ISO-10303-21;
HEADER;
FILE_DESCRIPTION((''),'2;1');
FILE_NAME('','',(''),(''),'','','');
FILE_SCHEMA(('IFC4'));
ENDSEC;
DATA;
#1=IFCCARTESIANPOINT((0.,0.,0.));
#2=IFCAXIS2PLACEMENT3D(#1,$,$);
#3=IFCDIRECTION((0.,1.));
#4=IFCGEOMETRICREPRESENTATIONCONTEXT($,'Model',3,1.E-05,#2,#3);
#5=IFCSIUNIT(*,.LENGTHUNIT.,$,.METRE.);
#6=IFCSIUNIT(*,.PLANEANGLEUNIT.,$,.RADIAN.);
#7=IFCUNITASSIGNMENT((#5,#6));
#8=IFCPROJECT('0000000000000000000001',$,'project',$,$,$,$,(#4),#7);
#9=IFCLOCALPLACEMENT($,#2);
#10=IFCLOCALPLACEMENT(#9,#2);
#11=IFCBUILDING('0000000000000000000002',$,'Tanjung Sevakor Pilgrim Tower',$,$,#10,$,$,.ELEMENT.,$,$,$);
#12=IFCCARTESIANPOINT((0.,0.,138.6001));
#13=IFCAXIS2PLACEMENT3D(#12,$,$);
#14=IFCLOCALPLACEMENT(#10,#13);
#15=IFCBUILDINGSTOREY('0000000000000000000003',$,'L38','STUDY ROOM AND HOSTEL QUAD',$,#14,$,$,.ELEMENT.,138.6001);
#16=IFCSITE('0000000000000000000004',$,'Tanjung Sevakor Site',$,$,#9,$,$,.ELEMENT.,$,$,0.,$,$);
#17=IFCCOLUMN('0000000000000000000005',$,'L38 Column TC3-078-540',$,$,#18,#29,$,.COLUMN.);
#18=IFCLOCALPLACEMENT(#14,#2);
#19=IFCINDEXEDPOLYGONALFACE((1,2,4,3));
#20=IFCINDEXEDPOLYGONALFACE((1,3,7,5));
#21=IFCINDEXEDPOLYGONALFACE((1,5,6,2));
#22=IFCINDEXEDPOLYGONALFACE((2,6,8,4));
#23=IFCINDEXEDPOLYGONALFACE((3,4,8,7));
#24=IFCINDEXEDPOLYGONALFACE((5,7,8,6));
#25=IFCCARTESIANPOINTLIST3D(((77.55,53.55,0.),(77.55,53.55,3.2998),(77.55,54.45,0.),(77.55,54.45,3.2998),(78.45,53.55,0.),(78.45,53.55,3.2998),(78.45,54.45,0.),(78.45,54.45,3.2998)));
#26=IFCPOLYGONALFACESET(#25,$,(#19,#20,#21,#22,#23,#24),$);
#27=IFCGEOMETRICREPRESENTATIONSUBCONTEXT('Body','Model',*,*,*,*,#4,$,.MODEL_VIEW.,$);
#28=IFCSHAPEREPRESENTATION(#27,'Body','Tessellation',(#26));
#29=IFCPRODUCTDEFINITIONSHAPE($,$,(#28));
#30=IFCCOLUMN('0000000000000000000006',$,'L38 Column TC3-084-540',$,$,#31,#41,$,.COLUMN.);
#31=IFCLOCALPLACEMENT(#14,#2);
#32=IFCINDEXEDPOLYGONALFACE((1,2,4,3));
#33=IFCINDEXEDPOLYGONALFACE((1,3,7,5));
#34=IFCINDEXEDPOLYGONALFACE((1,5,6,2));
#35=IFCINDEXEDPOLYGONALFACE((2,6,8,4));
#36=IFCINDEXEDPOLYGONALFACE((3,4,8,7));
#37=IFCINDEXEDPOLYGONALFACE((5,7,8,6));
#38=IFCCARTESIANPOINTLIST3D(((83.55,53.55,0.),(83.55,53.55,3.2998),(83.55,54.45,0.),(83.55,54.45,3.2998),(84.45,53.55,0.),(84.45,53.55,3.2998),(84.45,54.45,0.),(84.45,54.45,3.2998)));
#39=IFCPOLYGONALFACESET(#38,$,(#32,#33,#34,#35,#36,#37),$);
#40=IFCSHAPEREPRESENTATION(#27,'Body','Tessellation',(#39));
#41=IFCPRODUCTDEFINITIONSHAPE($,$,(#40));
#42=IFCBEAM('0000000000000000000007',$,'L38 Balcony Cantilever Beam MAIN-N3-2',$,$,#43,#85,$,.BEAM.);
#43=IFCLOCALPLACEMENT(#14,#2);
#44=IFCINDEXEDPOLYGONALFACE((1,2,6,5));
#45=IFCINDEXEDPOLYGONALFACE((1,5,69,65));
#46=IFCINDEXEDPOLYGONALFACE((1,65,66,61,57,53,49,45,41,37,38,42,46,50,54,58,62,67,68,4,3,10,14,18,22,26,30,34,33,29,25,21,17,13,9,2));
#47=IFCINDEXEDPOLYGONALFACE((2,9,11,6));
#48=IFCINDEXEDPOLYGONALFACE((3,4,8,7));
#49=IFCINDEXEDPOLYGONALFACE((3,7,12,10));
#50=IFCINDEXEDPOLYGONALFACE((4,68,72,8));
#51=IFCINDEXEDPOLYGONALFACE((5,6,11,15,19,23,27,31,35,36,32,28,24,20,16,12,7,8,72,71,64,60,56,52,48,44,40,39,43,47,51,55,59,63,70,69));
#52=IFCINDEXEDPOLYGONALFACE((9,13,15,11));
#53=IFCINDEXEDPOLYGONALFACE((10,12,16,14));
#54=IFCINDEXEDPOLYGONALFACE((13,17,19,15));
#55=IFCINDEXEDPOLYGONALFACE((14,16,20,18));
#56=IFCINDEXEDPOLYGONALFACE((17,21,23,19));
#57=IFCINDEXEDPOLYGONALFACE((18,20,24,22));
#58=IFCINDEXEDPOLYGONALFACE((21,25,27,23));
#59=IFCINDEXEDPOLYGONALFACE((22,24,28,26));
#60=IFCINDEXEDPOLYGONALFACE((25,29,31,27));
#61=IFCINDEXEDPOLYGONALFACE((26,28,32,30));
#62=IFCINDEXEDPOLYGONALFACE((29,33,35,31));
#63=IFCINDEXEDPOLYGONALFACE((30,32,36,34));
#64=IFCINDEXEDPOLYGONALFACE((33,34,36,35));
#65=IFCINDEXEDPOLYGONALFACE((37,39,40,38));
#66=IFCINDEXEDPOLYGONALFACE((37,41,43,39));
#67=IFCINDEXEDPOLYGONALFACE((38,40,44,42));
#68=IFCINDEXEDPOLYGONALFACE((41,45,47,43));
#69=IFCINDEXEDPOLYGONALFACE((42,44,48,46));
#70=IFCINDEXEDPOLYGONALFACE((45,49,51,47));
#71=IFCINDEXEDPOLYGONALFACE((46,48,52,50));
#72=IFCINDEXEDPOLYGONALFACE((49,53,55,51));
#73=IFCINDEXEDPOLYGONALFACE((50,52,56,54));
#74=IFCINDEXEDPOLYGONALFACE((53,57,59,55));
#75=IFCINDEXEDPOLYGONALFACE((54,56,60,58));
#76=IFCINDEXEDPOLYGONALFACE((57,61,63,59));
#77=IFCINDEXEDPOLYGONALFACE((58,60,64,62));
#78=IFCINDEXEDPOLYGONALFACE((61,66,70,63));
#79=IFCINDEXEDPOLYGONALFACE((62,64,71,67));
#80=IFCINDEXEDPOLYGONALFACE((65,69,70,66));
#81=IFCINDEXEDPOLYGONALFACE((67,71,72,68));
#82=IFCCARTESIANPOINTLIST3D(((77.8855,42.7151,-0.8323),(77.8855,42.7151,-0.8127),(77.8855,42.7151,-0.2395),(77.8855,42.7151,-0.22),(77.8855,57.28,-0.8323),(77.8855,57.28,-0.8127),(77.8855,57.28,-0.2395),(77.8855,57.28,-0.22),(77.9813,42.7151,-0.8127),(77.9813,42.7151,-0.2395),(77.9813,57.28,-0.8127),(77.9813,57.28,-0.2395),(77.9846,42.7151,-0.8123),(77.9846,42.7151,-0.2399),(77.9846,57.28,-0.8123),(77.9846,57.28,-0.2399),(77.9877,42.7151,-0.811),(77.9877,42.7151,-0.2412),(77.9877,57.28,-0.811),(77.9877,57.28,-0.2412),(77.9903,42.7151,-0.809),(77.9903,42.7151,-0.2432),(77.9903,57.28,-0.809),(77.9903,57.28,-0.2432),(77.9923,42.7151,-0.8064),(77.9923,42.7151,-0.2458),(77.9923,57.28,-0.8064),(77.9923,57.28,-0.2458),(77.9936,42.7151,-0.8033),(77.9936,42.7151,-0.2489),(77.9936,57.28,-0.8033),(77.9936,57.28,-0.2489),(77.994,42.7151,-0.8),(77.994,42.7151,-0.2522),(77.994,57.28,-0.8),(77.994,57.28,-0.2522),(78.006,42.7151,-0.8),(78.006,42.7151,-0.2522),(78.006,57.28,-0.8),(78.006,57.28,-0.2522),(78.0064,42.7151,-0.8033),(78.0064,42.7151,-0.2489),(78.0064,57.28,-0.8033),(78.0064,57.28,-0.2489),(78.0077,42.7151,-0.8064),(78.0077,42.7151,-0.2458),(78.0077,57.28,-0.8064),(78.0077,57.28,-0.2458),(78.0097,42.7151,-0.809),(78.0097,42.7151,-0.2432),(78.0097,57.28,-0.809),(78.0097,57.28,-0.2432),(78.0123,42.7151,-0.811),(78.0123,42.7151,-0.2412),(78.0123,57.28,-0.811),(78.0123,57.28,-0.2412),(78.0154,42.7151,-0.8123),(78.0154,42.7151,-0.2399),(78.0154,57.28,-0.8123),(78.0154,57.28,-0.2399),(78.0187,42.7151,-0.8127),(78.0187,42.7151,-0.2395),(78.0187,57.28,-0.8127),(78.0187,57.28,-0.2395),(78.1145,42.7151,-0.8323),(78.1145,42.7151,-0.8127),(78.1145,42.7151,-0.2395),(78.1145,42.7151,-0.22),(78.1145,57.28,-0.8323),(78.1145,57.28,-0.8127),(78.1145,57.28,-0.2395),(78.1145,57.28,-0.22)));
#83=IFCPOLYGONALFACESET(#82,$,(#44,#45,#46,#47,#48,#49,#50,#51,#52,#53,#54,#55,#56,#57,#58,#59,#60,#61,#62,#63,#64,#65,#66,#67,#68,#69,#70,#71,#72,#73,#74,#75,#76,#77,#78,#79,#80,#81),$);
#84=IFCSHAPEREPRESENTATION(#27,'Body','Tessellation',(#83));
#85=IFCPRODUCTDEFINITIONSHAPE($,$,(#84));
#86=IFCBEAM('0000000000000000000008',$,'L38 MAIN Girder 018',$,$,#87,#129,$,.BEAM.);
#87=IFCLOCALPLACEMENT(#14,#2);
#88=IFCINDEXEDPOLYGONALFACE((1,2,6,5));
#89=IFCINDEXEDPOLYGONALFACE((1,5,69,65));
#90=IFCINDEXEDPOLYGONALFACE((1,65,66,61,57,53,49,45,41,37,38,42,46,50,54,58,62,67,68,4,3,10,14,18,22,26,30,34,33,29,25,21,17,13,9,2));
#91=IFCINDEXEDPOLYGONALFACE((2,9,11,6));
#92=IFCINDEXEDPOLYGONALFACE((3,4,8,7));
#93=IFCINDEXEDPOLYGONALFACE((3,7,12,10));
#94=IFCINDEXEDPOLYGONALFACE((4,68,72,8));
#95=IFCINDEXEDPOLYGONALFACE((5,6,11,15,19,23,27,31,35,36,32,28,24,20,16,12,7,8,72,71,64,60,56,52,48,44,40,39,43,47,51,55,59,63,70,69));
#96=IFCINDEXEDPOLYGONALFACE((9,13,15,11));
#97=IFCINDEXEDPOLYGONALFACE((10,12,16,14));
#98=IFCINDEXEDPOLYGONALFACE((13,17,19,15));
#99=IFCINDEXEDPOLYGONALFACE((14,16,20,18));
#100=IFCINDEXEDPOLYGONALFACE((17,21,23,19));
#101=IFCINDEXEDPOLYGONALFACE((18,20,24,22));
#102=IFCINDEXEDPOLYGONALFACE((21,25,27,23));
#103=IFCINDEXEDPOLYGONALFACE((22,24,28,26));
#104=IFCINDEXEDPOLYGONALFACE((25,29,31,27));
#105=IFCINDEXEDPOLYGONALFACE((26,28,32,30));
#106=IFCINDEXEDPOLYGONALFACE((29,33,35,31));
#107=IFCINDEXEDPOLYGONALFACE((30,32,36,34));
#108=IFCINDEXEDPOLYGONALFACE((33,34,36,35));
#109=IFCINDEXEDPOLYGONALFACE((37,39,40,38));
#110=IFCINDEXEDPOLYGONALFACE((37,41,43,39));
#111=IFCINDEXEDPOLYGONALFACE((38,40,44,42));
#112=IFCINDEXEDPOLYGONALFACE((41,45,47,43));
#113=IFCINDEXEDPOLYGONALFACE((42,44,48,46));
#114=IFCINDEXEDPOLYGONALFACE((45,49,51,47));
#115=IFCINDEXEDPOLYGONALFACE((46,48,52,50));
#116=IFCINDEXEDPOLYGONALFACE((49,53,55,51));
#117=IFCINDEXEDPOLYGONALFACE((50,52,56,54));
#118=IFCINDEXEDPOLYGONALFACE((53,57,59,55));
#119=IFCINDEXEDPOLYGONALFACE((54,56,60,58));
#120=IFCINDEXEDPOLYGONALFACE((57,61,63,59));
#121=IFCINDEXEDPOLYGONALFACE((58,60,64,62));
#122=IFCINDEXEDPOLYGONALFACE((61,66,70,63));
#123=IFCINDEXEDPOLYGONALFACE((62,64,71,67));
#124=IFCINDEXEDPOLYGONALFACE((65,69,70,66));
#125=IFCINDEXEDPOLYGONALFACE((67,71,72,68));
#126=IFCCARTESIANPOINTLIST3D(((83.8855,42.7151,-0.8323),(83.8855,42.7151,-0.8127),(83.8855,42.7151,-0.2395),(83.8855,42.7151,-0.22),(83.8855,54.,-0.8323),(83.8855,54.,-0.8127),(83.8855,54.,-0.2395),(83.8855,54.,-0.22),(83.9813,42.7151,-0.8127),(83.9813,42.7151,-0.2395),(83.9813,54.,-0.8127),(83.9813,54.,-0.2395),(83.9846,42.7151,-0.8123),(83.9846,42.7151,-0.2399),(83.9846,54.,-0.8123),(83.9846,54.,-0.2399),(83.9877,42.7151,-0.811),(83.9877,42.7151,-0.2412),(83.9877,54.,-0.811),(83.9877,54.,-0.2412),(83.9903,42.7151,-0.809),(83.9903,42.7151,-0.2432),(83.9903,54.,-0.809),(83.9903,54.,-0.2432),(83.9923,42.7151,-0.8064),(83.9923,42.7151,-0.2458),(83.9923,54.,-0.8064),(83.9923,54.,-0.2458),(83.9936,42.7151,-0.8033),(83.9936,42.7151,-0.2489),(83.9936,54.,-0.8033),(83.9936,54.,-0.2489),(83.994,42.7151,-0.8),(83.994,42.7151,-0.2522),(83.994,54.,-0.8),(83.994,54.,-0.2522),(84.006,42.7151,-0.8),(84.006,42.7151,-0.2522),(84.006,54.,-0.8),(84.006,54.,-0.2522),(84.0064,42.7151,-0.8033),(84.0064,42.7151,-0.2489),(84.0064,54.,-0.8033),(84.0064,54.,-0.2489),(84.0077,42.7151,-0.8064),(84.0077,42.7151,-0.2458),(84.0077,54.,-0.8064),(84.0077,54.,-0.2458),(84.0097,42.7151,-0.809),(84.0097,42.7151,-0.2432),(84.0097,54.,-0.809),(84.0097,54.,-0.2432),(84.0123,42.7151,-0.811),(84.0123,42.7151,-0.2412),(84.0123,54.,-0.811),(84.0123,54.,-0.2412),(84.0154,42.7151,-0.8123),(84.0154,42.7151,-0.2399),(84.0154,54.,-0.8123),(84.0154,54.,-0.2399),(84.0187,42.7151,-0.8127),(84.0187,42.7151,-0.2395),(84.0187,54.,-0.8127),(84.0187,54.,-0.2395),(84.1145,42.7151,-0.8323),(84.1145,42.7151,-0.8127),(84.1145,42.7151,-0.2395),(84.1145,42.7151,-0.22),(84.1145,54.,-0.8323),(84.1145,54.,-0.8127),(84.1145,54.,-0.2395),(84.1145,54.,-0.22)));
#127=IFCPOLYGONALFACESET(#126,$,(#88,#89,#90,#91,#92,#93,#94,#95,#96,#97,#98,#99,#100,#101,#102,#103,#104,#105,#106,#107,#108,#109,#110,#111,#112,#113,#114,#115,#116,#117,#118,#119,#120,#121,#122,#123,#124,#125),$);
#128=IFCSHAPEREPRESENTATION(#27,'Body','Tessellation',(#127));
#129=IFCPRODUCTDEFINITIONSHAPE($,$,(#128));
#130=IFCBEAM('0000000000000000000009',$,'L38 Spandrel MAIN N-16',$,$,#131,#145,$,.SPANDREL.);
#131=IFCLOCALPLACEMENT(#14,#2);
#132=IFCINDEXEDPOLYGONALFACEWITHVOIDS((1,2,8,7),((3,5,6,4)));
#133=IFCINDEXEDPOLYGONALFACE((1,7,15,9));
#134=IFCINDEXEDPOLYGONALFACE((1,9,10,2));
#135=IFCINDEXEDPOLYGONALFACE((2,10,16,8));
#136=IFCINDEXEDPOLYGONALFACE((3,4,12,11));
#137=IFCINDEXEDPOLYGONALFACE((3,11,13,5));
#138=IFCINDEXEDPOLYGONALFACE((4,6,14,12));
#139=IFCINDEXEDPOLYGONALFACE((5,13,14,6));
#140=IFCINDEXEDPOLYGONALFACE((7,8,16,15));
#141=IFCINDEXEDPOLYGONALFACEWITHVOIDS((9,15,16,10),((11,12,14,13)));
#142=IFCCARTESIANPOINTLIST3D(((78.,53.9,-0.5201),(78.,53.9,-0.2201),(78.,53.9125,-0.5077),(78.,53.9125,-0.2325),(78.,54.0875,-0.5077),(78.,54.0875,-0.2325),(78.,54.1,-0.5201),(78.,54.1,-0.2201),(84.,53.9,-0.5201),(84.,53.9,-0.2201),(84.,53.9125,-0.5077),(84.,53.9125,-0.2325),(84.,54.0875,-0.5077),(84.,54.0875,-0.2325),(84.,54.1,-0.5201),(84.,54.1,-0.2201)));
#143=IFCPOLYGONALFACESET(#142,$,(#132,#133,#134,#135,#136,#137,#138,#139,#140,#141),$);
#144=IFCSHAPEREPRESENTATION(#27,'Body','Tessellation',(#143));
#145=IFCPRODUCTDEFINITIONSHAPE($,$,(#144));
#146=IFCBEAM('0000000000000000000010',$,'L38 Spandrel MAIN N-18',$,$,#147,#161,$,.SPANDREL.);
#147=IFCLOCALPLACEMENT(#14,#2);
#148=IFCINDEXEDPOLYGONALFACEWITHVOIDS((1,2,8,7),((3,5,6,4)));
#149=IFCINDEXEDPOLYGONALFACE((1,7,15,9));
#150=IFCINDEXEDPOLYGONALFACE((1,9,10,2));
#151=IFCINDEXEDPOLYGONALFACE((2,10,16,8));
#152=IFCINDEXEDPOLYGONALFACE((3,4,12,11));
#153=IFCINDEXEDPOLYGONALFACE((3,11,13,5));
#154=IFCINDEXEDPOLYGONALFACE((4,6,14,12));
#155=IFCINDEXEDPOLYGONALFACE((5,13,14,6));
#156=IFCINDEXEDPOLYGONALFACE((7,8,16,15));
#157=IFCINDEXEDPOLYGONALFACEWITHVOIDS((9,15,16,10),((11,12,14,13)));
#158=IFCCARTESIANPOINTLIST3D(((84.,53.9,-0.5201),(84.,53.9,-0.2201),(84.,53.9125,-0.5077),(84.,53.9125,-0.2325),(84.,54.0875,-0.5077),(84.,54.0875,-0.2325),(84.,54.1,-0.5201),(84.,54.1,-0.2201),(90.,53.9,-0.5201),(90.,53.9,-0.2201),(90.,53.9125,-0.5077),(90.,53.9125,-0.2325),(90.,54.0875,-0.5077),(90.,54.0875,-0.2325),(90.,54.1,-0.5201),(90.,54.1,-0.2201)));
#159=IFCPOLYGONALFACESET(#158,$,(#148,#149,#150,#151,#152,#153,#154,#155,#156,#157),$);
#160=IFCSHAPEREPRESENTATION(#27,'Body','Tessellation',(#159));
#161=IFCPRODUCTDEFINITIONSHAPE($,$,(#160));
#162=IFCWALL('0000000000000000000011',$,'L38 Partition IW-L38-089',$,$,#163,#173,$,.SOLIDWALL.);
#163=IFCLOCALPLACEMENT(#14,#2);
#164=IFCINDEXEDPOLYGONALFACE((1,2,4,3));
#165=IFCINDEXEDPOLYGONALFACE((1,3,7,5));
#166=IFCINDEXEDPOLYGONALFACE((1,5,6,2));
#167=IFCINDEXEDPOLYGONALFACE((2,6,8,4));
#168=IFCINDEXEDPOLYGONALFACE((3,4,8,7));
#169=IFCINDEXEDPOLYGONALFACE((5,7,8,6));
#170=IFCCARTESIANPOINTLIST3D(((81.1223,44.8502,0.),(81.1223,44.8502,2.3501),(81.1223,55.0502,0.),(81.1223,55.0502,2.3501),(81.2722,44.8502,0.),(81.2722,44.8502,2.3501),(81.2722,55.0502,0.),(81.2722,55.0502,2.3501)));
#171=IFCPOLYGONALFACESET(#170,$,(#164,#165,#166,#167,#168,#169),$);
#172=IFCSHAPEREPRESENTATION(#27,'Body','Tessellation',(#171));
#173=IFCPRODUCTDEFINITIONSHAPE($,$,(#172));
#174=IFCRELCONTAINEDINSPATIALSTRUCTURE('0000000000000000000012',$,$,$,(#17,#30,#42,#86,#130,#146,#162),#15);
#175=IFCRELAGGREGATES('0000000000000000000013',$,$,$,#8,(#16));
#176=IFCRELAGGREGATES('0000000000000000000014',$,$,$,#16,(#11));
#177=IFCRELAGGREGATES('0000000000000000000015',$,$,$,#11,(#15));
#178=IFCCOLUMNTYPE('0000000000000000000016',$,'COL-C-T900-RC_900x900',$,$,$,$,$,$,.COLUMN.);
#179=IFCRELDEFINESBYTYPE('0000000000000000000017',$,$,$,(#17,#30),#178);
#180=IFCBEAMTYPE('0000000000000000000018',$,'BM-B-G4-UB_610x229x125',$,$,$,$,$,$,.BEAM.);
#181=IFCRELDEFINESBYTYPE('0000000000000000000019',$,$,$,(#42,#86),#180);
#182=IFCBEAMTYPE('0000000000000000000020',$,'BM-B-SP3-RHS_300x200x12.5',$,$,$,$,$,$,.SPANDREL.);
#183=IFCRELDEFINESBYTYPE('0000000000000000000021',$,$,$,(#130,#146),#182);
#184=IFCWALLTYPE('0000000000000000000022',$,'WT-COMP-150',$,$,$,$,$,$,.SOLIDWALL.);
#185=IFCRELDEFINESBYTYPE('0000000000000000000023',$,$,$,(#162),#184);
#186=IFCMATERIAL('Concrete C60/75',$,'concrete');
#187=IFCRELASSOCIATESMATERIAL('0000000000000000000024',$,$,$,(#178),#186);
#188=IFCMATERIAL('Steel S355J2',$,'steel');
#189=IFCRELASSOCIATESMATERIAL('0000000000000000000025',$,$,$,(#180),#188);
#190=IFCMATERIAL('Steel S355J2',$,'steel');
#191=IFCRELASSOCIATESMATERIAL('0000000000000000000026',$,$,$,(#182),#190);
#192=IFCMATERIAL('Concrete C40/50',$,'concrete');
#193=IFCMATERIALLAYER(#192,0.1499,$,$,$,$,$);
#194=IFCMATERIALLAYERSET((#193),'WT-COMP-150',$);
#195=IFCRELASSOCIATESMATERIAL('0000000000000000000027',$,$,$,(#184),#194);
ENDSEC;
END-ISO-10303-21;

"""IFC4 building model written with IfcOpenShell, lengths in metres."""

from ifc_helpers import new_model, si_unit, direction, frame, frame_2d, origin, origin_2d, place, context, subcontext, project, spatial, rectangle, hollow_rectangle, i_section, extrude, material, layer, layer_set, material_profile, profile_set, type_object, element, save


model = new_model("IFC4")

# Units and contexts
model_context = context("Model", 3, precision=1e-05, world=origin(), true_north=direction((0.0, 1.0)))
body_context = subcontext(model_context, "Body", "Model", "MODEL_VIEW")
ifc_project = project(units=[si_unit("LENGTHUNIT", "METRE"), si_unit("PLANEANGLEUNIT", "RADIAN")], contexts=[model_context])

# Site, building, storey
site_placement = place(None, origin())
site = spatial("IfcSite", under=ifc_project, at=site_placement, Name="Tanjung Sevakor Site", CompositionType="ELEMENT", RefElevation=0.0)
building_placement = place(site_placement, origin())
building = spatial("IfcBuilding", under=site, at=building_placement, Name="Tanjung Sevakor Pilgrim Tower", CompositionType="ELEMENT")
storey_placement = place(building_placement, frame((0.0, 0.0, 138.6001)))
storey = spatial("IfcBuildingStorey", under=building, at=storey_placement, Name="L38", Description="STUDY ROOM AND HOSTEL QUAD", CompositionType="ELEMENT", Elevation=138.6001)

# Columns
ifc_material_1 = material(Name="Concrete C60/75", Category="concrete")
ifc_material_profile_1 = material_profile(ifc_material_1, rectangle(XDim=0.8999, YDim=0.8999, at=origin_2d()))
ifc_profile_set_1 = profile_set([ifc_material_profile_1], Name="Concrete C60/75")
column_type = type_object("IfcColumnType", Name="COL-C-T900-RC_900x900", PredefinedType="COLUMN", material=ifc_profile_set_1)
for number, where, z_axis, x_axis, name in (
    (1, (78.0, 54.0, 0.0), (0.0, 0.0, 1.0), (1.0, 0.0, 0.0), "L38 Column TC3-078-540"),
    (2, (84.0, 54.0, 0.0), (0.0, 0.0, 1.0), (1.0, 0.0, 0.0), "L38 Column TC3-084-540"),
):
    element("IfcColumn", number, at=place(storey_placement, frame(where, z_axis=z_axis, x_axis=x_axis)), inside=storey, type_object=column_type, Name=name, PredefinedType="COLUMN", context=body_context, shape_type="SweptSolid", body=[
        extrude(rectangle(XDim=0.8999, YDim=0.8999, at=origin_2d()), origin(), (0.0, 0.0, 1.0), 3.2998),
    ])

# Beams
ifc_material_2 = material(Name="Steel S355J2", Category="steel")
ifc_material_profile_2 = material_profile(ifc_material_2, i_section(OverallWidth=0.229, OverallDepth=0.6123, WebThickness=0.012, FlangeThickness=0.0195, FilletRadius=0.0127, at=origin_2d()))
ifc_profile_set_2 = profile_set([ifc_material_profile_2], Name="Steel S355J2")
beam_type_1 = type_object("IfcBeamType", Name="BM-B-G4-UB_610x229x125", PredefinedType="BEAM", material=ifc_profile_set_2)
beam_1_placement = place(storey_placement, frame((78.0, 42.7151, -0.5261), z_axis=(0.0, 1.0, 0.0), x_axis=(-1.0, 0.0, 0.0)))
element("IfcBeam", 3, at=beam_1_placement, inside=storey, type_object=beam_type_1, Name="L38 Balcony Cantilever Beam MAIN-N3-2", PredefinedType="BEAM", context=body_context, shape_type="SweptSolid", body=[
    extrude(i_section(OverallWidth=0.229, OverallDepth=0.6123, WebThickness=0.012, FlangeThickness=0.0195, FilletRadius=0.0127, at=origin_2d()), origin(), (0.0, 0.0, 1.0), 14.5649),
])
beam_2_placement = place(storey_placement, frame((84.0, 42.7151, -0.5261), z_axis=(0.0, 1.0, 0.0), x_axis=(-1.0, 0.0, 0.0)))
element("IfcBeam", 4, at=beam_2_placement, inside=storey, type_object=beam_type_1, Name="L38 MAIN Girder 018", PredefinedType="BEAM", context=body_context, shape_type="SweptSolid", body=[
    extrude(i_section(OverallWidth=0.229, OverallDepth=0.6123, WebThickness=0.012, FlangeThickness=0.0195, FilletRadius=0.0127, at=origin_2d()), origin(), (0.0, 0.0, 1.0), 11.2849),
])
ifc_material_3 = material(Name="Steel S355J2", Category="steel")
ifc_material_profile_3 = material_profile(ifc_material_3, hollow_rectangle(XDim=0.2, YDim=0.3, WallThickness=0.0125, at=origin_2d()))
ifc_profile_set_3 = profile_set([ifc_material_profile_3], Name="Steel S355J2")
beam_type_2 = type_object("IfcBeamType", Name="BM-B-SP3-RHS_300x200x12.5", PredefinedType="SPANDREL", material=ifc_profile_set_3)
for number, where, z_axis, x_axis, name in (
    (5, (78.0, 54.0, -0.3701), (1.0, 0.0, 0.0), (0.0, 1.0, 0.0), "L38 Spandrel MAIN N-16"),
    (6, (84.0, 54.0, -0.3701), (1.0, 0.0, 0.0), (0.0, 1.0, 0.0), "L38 Spandrel MAIN N-18"),
):
    element("IfcBeam", number, at=place(storey_placement, frame(where, z_axis=z_axis, x_axis=x_axis)), inside=storey, type_object=beam_type_2, Name=name, PredefinedType="SPANDREL", context=body_context, shape_type="SweptSolid", body=[
        extrude(hollow_rectangle(XDim=0.2, YDim=0.3, WallThickness=0.0125, at=origin_2d()), origin(), (0.0, 0.0, 1.0), 6.0),
    ])

# Wall
ifc_material_4 = material(Name="Concrete C40/50", Category="concrete")
ifc_layer_1 = layer(ifc_material_4, 0.1499)
ifc_layer_set_1 = layer_set([ifc_layer_1], Name="WT-COMP-150")
wall_type_1 = type_object("IfcWallType", Name="WT-COMP-150", PredefinedType="SOLIDWALL", material=ifc_layer_set_1)
wall_1_placement = place(storey_placement, frame((81.1973, 44.8501, 0.0), z_axis=(0.0, 0.0, 1.0), x_axis=(0.0, 1.0, 0.0)))
element("IfcWall", 7, at=wall_1_placement, inside=storey, type_object=wall_type_1, Name="L38 Partition IW-L38-089", PredefinedType="SOLIDWALL", context=body_context, shape_type="SweptSolid", body=[
    extrude(rectangle(XDim=10.2, YDim=0.1499, at=frame_2d((5.1001, 0.0))), origin(), (0.0, 0.0, 1.0), 2.3501),
])

save(model, "model.ifc")
